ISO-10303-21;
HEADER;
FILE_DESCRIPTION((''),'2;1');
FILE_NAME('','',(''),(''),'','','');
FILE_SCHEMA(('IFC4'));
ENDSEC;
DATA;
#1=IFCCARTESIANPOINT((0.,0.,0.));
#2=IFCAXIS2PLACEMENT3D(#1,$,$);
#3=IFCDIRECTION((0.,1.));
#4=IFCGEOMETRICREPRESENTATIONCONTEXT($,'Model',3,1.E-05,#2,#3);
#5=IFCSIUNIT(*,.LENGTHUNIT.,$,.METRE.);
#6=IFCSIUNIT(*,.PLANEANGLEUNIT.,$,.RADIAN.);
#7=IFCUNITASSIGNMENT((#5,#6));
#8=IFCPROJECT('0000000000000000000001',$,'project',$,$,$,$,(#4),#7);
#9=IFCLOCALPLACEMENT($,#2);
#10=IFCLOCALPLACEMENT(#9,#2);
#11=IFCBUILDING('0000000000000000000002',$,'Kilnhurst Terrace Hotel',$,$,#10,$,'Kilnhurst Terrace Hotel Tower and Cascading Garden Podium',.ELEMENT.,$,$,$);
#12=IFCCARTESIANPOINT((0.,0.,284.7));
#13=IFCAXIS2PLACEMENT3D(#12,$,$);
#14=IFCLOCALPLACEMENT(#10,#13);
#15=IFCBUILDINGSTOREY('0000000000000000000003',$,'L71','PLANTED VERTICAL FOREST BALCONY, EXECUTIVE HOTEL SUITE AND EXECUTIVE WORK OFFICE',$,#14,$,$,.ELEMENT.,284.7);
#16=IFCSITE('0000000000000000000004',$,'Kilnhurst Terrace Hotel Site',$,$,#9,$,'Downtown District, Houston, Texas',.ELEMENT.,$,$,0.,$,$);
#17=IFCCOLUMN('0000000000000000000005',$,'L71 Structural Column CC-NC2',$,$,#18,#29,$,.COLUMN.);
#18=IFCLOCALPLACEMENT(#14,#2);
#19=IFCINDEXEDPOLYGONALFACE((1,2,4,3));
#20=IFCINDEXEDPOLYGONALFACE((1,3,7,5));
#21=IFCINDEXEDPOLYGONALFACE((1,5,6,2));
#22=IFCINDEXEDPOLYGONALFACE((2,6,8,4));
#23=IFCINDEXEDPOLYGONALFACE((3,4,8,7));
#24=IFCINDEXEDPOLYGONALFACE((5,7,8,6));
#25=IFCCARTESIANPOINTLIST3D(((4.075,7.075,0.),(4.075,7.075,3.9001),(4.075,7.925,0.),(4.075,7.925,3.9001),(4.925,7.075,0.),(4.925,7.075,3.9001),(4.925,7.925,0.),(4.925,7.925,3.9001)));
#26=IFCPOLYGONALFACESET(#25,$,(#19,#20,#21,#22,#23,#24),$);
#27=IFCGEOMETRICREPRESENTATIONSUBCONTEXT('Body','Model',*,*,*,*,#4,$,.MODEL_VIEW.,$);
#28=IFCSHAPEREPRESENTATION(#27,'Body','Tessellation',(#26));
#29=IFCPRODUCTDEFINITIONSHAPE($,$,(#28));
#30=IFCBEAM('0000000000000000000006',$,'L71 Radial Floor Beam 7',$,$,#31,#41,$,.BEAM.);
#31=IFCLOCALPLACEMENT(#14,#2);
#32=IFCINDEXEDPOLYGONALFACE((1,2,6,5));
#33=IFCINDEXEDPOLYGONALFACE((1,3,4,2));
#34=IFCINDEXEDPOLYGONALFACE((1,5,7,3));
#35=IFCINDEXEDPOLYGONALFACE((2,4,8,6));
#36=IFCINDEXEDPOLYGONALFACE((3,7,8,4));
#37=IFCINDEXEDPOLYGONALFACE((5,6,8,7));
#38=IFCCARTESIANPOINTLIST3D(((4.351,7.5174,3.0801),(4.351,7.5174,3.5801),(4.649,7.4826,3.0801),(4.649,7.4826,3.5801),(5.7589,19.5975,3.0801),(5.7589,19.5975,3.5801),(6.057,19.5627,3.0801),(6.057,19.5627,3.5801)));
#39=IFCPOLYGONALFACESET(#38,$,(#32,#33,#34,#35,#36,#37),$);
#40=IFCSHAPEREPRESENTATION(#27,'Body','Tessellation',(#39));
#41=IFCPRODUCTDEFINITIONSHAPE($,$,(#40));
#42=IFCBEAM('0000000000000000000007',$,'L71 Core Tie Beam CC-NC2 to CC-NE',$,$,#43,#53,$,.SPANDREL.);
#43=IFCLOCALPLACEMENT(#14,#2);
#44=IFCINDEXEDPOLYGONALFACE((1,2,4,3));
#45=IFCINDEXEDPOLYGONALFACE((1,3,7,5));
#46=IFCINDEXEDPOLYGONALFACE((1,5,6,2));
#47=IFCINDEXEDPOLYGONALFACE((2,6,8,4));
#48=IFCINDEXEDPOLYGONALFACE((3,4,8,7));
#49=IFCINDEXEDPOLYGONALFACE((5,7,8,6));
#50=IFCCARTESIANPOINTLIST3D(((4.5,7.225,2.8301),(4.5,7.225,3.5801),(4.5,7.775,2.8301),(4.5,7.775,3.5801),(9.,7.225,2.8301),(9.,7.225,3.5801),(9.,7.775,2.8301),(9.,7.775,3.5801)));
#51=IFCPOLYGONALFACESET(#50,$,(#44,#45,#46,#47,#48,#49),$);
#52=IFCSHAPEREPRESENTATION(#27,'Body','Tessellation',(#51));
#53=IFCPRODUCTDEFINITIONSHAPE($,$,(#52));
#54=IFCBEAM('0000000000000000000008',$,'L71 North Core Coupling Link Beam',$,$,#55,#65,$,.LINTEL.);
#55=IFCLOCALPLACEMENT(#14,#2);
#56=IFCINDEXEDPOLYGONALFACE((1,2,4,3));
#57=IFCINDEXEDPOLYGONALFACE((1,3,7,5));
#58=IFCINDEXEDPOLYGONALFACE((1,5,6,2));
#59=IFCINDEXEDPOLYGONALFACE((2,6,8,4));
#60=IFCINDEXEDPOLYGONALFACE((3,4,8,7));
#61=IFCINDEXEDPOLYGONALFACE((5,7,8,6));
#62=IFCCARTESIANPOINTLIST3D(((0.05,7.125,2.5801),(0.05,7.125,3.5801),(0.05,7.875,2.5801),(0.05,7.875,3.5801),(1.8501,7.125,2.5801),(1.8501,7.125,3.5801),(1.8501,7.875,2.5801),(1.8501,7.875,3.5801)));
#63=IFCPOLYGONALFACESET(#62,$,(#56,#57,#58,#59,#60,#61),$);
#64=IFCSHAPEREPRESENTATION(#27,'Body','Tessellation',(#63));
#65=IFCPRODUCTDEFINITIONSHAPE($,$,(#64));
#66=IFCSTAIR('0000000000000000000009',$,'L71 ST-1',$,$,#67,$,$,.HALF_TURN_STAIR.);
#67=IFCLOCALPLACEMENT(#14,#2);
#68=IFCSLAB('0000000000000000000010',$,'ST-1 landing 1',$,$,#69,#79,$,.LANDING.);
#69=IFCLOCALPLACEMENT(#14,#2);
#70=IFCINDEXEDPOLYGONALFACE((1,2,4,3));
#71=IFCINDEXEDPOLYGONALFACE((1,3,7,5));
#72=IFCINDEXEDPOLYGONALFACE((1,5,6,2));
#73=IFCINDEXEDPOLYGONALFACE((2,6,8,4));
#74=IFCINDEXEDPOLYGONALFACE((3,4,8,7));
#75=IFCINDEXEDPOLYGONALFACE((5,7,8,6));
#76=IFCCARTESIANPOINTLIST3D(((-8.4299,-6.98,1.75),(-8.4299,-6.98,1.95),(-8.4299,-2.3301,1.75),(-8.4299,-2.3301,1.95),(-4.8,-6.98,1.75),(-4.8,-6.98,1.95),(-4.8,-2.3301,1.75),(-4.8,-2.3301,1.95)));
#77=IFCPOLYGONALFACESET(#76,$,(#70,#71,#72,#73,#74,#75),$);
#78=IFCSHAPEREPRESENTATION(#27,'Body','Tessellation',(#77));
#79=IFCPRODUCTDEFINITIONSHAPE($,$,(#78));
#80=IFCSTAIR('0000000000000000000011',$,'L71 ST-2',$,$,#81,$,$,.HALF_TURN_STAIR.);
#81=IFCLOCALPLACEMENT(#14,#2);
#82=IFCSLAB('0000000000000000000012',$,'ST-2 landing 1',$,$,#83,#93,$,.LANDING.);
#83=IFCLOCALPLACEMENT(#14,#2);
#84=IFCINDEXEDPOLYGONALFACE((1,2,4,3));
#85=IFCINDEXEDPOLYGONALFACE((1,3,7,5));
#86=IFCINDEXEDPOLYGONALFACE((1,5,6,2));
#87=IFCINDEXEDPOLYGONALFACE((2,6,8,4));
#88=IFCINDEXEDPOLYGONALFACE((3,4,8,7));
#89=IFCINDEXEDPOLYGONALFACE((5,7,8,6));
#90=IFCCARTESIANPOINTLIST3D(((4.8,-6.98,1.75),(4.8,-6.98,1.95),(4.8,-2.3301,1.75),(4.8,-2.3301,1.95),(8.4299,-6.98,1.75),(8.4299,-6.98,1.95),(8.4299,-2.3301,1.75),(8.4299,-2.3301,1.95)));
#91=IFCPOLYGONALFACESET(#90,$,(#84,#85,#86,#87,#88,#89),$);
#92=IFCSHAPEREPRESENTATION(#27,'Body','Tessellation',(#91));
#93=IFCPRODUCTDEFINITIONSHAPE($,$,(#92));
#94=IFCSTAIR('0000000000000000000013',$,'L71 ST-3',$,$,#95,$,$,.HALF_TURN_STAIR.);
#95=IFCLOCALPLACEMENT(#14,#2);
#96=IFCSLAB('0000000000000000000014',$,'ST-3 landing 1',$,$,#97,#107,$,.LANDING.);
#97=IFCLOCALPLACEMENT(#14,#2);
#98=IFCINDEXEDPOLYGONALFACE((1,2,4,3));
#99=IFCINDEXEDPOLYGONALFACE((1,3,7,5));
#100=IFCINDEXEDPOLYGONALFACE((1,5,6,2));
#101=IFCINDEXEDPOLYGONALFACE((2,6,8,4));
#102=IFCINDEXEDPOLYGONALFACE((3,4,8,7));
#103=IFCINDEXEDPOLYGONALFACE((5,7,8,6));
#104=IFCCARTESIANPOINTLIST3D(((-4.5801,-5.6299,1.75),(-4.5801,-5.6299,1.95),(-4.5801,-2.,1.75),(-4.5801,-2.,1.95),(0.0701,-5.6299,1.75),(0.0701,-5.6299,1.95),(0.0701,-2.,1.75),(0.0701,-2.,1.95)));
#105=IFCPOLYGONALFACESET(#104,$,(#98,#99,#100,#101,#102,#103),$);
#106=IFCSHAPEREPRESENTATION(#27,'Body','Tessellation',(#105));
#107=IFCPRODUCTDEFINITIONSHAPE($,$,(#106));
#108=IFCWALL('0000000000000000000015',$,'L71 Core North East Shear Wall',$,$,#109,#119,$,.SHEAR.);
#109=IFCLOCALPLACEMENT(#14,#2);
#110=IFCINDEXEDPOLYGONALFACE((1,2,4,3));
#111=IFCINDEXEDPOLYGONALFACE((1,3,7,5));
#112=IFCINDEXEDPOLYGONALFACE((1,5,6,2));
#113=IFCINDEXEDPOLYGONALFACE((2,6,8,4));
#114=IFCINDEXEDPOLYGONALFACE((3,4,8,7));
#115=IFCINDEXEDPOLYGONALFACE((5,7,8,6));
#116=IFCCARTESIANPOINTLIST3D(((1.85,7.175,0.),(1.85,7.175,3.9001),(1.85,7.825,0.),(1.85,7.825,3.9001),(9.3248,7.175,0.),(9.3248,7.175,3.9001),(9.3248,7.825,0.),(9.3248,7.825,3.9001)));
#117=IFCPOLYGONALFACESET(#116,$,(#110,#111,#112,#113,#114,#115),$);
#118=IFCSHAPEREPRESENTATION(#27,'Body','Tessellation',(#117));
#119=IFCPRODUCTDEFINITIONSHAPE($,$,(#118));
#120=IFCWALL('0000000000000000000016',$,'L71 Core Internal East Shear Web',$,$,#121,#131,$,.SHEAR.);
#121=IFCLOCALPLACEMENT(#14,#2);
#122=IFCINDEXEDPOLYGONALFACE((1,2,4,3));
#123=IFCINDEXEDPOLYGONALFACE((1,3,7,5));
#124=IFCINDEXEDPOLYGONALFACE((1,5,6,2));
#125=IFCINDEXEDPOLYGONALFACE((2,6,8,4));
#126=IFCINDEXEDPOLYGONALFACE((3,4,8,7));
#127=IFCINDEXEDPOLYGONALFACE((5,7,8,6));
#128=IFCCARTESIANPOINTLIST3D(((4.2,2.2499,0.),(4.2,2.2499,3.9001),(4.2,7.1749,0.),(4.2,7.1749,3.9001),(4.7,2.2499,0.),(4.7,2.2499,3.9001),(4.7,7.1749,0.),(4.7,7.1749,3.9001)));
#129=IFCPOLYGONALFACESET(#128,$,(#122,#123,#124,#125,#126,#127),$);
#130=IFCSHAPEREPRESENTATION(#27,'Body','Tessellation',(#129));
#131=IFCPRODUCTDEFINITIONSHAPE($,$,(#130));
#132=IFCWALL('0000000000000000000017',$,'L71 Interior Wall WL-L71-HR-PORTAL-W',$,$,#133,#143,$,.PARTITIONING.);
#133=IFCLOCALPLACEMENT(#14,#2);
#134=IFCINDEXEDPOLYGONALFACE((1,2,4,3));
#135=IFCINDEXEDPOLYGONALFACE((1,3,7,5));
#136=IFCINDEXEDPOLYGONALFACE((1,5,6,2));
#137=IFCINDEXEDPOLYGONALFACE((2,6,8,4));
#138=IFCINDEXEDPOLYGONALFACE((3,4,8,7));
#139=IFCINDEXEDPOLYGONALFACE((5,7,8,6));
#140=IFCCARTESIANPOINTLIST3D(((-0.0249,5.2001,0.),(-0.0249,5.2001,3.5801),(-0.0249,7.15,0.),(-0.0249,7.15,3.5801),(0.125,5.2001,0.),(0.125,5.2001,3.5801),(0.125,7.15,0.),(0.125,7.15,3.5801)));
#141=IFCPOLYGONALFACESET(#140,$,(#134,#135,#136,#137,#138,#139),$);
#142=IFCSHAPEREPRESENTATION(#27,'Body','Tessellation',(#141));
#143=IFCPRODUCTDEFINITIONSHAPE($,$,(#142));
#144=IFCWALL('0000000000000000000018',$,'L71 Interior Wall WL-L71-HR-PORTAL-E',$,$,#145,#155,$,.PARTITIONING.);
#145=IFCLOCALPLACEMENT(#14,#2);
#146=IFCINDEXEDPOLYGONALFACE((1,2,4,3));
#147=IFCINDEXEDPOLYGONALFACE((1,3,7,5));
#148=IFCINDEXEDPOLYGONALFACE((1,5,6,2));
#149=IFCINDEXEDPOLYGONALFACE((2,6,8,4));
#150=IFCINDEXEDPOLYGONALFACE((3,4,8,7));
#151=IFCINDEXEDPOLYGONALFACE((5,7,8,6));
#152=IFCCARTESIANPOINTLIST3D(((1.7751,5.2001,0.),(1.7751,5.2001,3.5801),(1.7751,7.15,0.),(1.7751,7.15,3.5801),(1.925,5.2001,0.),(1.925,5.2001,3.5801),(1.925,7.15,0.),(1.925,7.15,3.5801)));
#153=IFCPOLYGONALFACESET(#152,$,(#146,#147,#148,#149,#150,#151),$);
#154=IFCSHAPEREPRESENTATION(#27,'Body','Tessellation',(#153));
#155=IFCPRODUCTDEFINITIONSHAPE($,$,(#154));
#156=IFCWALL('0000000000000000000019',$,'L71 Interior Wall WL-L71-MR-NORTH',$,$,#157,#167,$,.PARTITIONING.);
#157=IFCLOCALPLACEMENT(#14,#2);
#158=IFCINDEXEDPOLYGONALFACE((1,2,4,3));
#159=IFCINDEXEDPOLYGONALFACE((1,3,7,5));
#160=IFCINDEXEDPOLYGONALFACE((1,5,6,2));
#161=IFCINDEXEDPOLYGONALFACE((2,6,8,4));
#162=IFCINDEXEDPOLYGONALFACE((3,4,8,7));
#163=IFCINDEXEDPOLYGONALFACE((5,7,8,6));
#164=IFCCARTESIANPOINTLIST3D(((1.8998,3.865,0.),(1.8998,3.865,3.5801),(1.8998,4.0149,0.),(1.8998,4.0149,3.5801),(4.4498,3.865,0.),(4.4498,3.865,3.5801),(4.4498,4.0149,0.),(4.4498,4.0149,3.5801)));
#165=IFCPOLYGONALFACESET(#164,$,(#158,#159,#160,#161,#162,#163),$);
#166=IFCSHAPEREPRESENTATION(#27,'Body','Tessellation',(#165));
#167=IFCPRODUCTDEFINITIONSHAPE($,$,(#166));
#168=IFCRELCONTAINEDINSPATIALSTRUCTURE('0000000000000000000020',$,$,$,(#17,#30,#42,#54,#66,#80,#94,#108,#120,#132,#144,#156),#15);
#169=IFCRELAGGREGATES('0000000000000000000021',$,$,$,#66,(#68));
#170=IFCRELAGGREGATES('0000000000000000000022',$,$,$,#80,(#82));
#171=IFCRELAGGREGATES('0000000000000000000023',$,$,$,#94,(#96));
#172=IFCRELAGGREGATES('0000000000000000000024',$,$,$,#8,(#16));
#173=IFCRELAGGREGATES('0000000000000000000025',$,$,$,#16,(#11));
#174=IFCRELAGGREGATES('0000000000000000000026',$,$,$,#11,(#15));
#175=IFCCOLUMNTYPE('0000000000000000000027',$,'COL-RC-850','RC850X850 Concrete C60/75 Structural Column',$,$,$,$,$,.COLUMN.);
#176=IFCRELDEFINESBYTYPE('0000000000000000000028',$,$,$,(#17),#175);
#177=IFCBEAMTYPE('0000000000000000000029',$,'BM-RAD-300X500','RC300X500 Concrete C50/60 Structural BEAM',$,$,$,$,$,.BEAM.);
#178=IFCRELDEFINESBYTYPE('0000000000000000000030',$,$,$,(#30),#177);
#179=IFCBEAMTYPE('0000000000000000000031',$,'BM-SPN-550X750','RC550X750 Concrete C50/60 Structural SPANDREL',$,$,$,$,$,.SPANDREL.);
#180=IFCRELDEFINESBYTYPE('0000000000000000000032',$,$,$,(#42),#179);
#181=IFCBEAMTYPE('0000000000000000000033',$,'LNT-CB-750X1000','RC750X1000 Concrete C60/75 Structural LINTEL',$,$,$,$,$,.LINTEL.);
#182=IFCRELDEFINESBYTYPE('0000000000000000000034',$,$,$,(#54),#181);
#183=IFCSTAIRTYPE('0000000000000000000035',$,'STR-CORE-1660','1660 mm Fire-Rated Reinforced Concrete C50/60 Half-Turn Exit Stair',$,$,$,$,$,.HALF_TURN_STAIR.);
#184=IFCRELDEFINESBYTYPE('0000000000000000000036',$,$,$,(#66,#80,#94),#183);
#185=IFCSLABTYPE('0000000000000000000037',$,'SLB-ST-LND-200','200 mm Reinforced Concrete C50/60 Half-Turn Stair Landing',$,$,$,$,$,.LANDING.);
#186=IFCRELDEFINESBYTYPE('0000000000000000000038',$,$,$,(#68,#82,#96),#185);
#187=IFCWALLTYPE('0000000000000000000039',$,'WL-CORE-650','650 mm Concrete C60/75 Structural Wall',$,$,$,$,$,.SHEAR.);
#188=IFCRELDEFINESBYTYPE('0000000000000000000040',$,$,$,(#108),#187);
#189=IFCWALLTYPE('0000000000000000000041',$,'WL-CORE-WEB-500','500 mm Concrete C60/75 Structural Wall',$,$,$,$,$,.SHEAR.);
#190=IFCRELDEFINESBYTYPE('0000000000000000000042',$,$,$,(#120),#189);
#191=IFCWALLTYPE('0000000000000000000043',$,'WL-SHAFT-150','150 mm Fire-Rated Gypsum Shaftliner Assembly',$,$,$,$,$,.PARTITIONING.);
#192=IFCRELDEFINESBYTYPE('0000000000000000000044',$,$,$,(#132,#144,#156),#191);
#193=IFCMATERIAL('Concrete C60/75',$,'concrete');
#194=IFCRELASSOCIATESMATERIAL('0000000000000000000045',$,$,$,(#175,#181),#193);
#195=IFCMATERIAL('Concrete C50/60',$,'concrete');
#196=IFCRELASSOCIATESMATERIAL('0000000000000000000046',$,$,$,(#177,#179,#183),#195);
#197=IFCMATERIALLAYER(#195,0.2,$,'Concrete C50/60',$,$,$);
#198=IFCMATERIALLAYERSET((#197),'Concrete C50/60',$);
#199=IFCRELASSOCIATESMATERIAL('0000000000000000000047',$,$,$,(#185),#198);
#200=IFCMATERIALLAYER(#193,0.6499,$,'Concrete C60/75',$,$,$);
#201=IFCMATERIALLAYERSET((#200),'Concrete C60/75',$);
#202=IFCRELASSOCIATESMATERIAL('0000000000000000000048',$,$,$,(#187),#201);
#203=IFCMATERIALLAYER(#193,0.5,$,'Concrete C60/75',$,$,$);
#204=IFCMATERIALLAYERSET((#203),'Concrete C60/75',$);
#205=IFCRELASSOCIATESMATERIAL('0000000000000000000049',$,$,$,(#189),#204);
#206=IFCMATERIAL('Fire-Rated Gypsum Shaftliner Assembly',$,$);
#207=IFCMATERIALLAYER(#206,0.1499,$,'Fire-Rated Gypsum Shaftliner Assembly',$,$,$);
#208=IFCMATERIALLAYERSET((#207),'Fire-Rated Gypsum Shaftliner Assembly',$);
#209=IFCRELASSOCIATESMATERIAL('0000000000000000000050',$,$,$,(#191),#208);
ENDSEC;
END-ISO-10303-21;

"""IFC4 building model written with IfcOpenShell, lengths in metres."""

from ifc_helpers import new_model, si_unit, direction, frame, frame_2d, origin, origin_2d, place, context, subcontext, project, spatial, polyline, rectangle, outline, extrude, material, layer, layer_set, material_profile, profile_set, type_object, element, aggregate, save


model = new_model("IFC4")

# Units and contexts
model_context = context("Model", 3, precision=1e-05, world=origin(), true_north=direction((0.0, 1.0)))
body_context = subcontext(model_context, "Body", "Model", "MODEL_VIEW")
ifc_project = project(units=[si_unit("LENGTHUNIT", "METRE"), si_unit("PLANEANGLEUNIT", "RADIAN")], contexts=[model_context])

# Site, building, storey
site_placement = place(None, origin())
site = spatial("IfcSite", under=ifc_project, at=site_placement, Name="Kilnhurst Terrace Hotel Site", LongName="Downtown District, Houston, Texas", CompositionType="ELEMENT", RefElevation=0.0)
building_placement = place(site_placement, origin())
building = spatial("IfcBuilding", under=site, at=building_placement, Name="Kilnhurst Terrace Hotel", LongName="Kilnhurst Terrace Hotel Tower and Cascading Garden Podium", CompositionType="ELEMENT")
storey_placement = place(building_placement, frame((0.0, 0.0, 284.7)))
storey = spatial("IfcBuildingStorey", under=building, at=storey_placement, Name="L71", Description="PLANTED VERTICAL FOREST BALCONY, EXECUTIVE HOTEL SUITE AND EXECUTIVE WORK OFFICE", CompositionType="ELEMENT", Elevation=284.7)

# Column
ifc_material_1 = material(Name="Concrete C60/75", Category="concrete")
ifc_material_profile_1 = material_profile(ifc_material_1, rectangle(XDim=0.8501, YDim=0.8501, at=origin_2d()), Name="RC850X850")
ifc_profile_set_1 = profile_set([ifc_material_profile_1], Name="Concrete C60/75")
column_type = type_object("IfcColumnType", Name="COL-RC-850", Description="RC850X850 Concrete C60/75 Structural Column", PredefinedType="COLUMN", material=ifc_profile_set_1)
column_placement = place(storey_placement, frame((4.5, 7.5, 0.0), z_axis=(0.0, 0.0, 1.0), x_axis=(1.0, 0.0, 0.0)))
element("IfcColumn", 1, at=column_placement, inside=storey, type_object=column_type, Name="L71 Structural Column CC-NC2", PredefinedType="COLUMN", context=body_context, shape_type="SweptSolid", body=[
    extrude(rectangle(XDim=0.8501, YDim=0.8501, at=origin_2d()), origin(), (0.0, 0.0, 1.0), 3.9001),
])

# Beams
ifc_material_2 = material(Name="Concrete C50/60", Category="concrete")
ifc_material_profile_2 = material_profile(ifc_material_2, rectangle(XDim=0.3, YDim=0.5, at=origin_2d()), Name="RC300X500")
ifc_profile_set_2 = profile_set([ifc_material_profile_2], Name="Concrete C50/60")
beam_type_1 = type_object("IfcBeamType", Name="BM-RAD-300X500", Description="RC300X500 Concrete C50/60 Structural BEAM", PredefinedType="BEAM", material=ifc_profile_set_2)
beam_1_placement = place(storey_placement, frame((4.5, 7.5, 3.3301), z_axis=(0.115768, 0.993276, 0.0), x_axis=(-0.993276, 0.115768, 0.0)))
element("IfcBeam", 2, at=beam_1_placement, inside=storey, type_object=beam_type_1, Name="L71 Radial Floor Beam 7", PredefinedType="BEAM", context=body_context, shape_type="SweptSolid", body=[
    extrude(rectangle(XDim=0.3, YDim=0.5, at=origin_2d()), origin(), (0.0, 0.0, 1.0), 12.1619),
])
ifc_material_profile_3 = material_profile(ifc_material_2, rectangle(XDim=0.55, YDim=0.75, at=origin_2d()), Name="RC550X750")
ifc_profile_set_3 = profile_set([ifc_material_profile_3], Name="Concrete C50/60")
beam_type_2 = type_object("IfcBeamType", Name="BM-SPN-550X750", Description="RC550X750 Concrete C50/60 Structural SPANDREL", PredefinedType="SPANDREL", material=ifc_profile_set_3)
beam_2_placement = place(storey_placement, frame((4.5, 7.5, 3.2051), z_axis=(1.0, 0.0, 0.0), x_axis=(0.0, 1.0, 0.0)))
element("IfcBeam", 3, at=beam_2_placement, inside=storey, type_object=beam_type_2, Name="L71 Core Tie Beam CC-NC2 to CC-NE", PredefinedType="SPANDREL", context=body_context, shape_type="SweptSolid", body=[
    extrude(rectangle(XDim=0.55, YDim=0.75, at=origin_2d()), origin(), (0.0, 0.0, 1.0), 4.5),
])
ifc_material_profile_4 = material_profile(ifc_material_1, rectangle(XDim=0.75, YDim=1.0, at=origin_2d()), Name="RC750X1000")
ifc_profile_set_4 = profile_set([ifc_material_profile_4], Name="Concrete C60/75")
beam_type_3 = type_object("IfcBeamType", Name="LNT-CB-750X1000", Description="RC750X1000 Concrete C60/75 Structural LINTEL", PredefinedType="LINTEL", material=ifc_profile_set_4)
beam_3_placement = place(storey_placement, frame((0.05, 7.5, 3.0801), z_axis=(1.0, 0.0, 0.0), x_axis=(0.0, 1.0, 0.0)))
element("IfcBeam", 4, at=beam_3_placement, inside=storey, type_object=beam_type_3, Name="L71 North Core Coupling Link Beam", PredefinedType="LINTEL", context=body_context, shape_type="SweptSolid", body=[
    extrude(rectangle(XDim=0.75, YDim=1.0, at=origin_2d()), origin(), (0.0, 0.0, 1.0), 1.8),
])

# Stairs, slabs
stair_type = type_object("IfcStairType", Name="STR-CORE-1660", Description="1660 mm Fire-Rated Reinforced Concrete C50/60 Half-Turn Exit Stair", PredefinedType="HALF_TURN_STAIR", material=ifc_material_2)
stair_1_placement = place(storey_placement, origin())
stair_1 = element("IfcStair", 5, at=stair_1_placement, inside=storey, type_object=stair_type, Name="L71 ST-1", PredefinedType="HALF_TURN_STAIR")
ifc_layer_1 = layer(ifc_material_2, 0.2, Name="Concrete C50/60")
ifc_layer_set_1 = layer_set([ifc_layer_1], Name="Concrete C50/60")
slab_type = type_object("IfcSlabType", Name="SLB-ST-LND-200", Description="200 mm Reinforced Concrete C50/60 Half-Turn Stair Landing", PredefinedType="LANDING", material=ifc_layer_set_1)
slab_1_placement = place(storey_placement, frame((0.0, 0.0, 1.75)))
slab_1 = element("IfcSlab", 6, at=slab_1_placement, type_object=slab_type, Name="ST-1 landing 1", PredefinedType="LANDING", context=body_context, shape_type="SweptSolid", body=[
    extrude(outline(polyline([(-8.4299, -2.3301), (-4.8, -2.3301), (-4.8, -6.98), (-8.4299, -6.98), (-8.4299, -2.3301)])), origin(), (0.0, 0.0, 1.0), 0.2),
])
aggregate(stair_1, [slab_1])
stair_2_placement = place(storey_placement, origin())
stair_2 = element("IfcStair", 7, at=stair_2_placement, inside=storey, type_object=stair_type, Name="L71 ST-2", PredefinedType="HALF_TURN_STAIR")
slab_2_placement = place(storey_placement, frame((0.0, 0.0, 1.75)))
slab_2 = element("IfcSlab", 8, at=slab_2_placement, type_object=slab_type, Name="ST-2 landing 1", PredefinedType="LANDING", context=body_context, shape_type="SweptSolid", body=[
    extrude(outline(polyline([(4.8, -2.3301), (8.4299, -2.3301), (8.4299, -6.98), (4.8, -6.98), (4.8, -2.3301)])), origin(), (0.0, 0.0, 1.0), 0.2),
])
aggregate(stair_2, [slab_2])
stair_3_placement = place(storey_placement, origin())
stair_3 = element("IfcStair", 9, at=stair_3_placement, inside=storey, type_object=stair_type, Name="L71 ST-3", PredefinedType="HALF_TURN_STAIR")
slab_3_placement = place(storey_placement, frame((0.0, 0.0, 1.75)))
slab_3 = element("IfcSlab", 10, at=slab_3_placement, type_object=slab_type, Name="ST-3 landing 1", PredefinedType="LANDING", context=body_context, shape_type="SweptSolid", body=[
    extrude(outline(polyline([(0.0701, -2.0), (0.0701, -5.6299), (-4.5801, -5.6299), (-4.5801, -2.0), (0.0701, -2.0)])), origin(), (0.0, 0.0, 1.0), 0.2),
])
aggregate(stair_3, [slab_3])

# Walls
ifc_layer_2 = layer(ifc_material_1, 0.6499, Name="Concrete C60/75")
ifc_layer_set_2 = layer_set([ifc_layer_2], Name="Concrete C60/75")
wall_type_1 = type_object("IfcWallType", Name="WL-CORE-650", Description="650 mm Concrete C60/75 Structural Wall", PredefinedType="SHEAR", material=ifc_layer_set_2)
wall_1_placement = place(storey_placement, frame((1.8501, 7.5, 0.0), z_axis=(0.0, 0.0, 1.0), x_axis=(1.0, 0.0, 0.0)))
element("IfcWall", 11, at=wall_1_placement, inside=storey, type_object=wall_type_1, Name="L71 Core North East Shear Wall", PredefinedType="SHEAR", context=body_context, shape_type="SweptSolid", body=[
    extrude(rectangle(XDim=7.4749, YDim=0.6499, at=frame_2d((3.7373, 0.0))), origin(), (0.0, 0.0, 1.0), 3.9001),
])
ifc_layer_3 = layer(ifc_material_1, 0.5, Name="Concrete C60/75")
ifc_layer_set_3 = layer_set([ifc_layer_3], Name="Concrete C60/75")
wall_type_2 = type_object("IfcWallType", Name="WL-CORE-WEB-500", Description="500 mm Concrete C60/75 Structural Wall", PredefinedType="SHEAR", material=ifc_layer_set_3)
wall_2_placement = place(storey_placement, frame((4.45, 2.25, 0.0), z_axis=(0.0, 0.0, 1.0), x_axis=(0.0, 1.0, 0.0)))
element("IfcWall", 12, at=wall_2_placement, inside=storey, type_object=wall_type_2, Name="L71 Core Internal East Shear Web", PredefinedType="SHEAR", context=body_context, shape_type="SweptSolid", body=[
    extrude(rectangle(XDim=4.925, YDim=0.5, at=frame_2d((2.4624, 0.0))), origin(), (0.0, 0.0, 1.0), 3.9001),
])
ifc_material_3 = material(Name="Fire-Rated Gypsum Shaftliner Assembly")
ifc_layer_4 = layer(ifc_material_3, 0.1499, Name="Fire-Rated Gypsum Shaftliner Assembly")
ifc_layer_set_4 = layer_set([ifc_layer_4], Name="Fire-Rated Gypsum Shaftliner Assembly")
wall_type_3 = type_object("IfcWallType", Name="WL-SHAFT-150", Description="150 mm Fire-Rated Gypsum Shaftliner Assembly", PredefinedType="PARTITIONING", material=ifc_layer_set_4)
for number, where, z_axis, x_axis, name in (
    (13, (0.05, 5.2, 0.0), (0.0, 0.0, 1.0), (0.0, 1.0, 0.0), "L71 Interior Wall WL-L71-HR-PORTAL-W"),
    (14, (1.8501, 5.2, 0.0), (0.0, 0.0, 1.0), (0.0, 1.0, 0.0), "L71 Interior Wall WL-L71-HR-PORTAL-E"),
):
    element("IfcWall", number, at=place(storey_placement, frame(where, z_axis=z_axis, x_axis=x_axis)), inside=storey, type_object=wall_type_3, Name=name, PredefinedType="PARTITIONING", context=body_context, shape_type="SweptSolid", body=[
        extrude(rectangle(XDim=1.95, YDim=0.1499, at=frame_2d((0.9751, 0.0))), origin(), (0.0, 0.0, 1.0), 3.5801),
    ])
wall_3_placement = place(storey_placement, frame((1.8999, 3.9399, 0.0), z_axis=(0.0, 0.0, 1.0), x_axis=(1.0, 0.0, 0.0)))
element("IfcWall", 15, at=wall_3_placement, inside=storey, type_object=wall_type_3, Name="L71 Interior Wall WL-L71-MR-NORTH", PredefinedType="PARTITIONING", context=body_context, shape_type="SweptSolid", body=[
    extrude(rectangle(XDim=2.55, YDim=0.1499, at=frame_2d((1.2749, 0.0))), origin(), (0.0, 0.0, 1.0), 3.5801),
])

save(model, "model.ifc")
